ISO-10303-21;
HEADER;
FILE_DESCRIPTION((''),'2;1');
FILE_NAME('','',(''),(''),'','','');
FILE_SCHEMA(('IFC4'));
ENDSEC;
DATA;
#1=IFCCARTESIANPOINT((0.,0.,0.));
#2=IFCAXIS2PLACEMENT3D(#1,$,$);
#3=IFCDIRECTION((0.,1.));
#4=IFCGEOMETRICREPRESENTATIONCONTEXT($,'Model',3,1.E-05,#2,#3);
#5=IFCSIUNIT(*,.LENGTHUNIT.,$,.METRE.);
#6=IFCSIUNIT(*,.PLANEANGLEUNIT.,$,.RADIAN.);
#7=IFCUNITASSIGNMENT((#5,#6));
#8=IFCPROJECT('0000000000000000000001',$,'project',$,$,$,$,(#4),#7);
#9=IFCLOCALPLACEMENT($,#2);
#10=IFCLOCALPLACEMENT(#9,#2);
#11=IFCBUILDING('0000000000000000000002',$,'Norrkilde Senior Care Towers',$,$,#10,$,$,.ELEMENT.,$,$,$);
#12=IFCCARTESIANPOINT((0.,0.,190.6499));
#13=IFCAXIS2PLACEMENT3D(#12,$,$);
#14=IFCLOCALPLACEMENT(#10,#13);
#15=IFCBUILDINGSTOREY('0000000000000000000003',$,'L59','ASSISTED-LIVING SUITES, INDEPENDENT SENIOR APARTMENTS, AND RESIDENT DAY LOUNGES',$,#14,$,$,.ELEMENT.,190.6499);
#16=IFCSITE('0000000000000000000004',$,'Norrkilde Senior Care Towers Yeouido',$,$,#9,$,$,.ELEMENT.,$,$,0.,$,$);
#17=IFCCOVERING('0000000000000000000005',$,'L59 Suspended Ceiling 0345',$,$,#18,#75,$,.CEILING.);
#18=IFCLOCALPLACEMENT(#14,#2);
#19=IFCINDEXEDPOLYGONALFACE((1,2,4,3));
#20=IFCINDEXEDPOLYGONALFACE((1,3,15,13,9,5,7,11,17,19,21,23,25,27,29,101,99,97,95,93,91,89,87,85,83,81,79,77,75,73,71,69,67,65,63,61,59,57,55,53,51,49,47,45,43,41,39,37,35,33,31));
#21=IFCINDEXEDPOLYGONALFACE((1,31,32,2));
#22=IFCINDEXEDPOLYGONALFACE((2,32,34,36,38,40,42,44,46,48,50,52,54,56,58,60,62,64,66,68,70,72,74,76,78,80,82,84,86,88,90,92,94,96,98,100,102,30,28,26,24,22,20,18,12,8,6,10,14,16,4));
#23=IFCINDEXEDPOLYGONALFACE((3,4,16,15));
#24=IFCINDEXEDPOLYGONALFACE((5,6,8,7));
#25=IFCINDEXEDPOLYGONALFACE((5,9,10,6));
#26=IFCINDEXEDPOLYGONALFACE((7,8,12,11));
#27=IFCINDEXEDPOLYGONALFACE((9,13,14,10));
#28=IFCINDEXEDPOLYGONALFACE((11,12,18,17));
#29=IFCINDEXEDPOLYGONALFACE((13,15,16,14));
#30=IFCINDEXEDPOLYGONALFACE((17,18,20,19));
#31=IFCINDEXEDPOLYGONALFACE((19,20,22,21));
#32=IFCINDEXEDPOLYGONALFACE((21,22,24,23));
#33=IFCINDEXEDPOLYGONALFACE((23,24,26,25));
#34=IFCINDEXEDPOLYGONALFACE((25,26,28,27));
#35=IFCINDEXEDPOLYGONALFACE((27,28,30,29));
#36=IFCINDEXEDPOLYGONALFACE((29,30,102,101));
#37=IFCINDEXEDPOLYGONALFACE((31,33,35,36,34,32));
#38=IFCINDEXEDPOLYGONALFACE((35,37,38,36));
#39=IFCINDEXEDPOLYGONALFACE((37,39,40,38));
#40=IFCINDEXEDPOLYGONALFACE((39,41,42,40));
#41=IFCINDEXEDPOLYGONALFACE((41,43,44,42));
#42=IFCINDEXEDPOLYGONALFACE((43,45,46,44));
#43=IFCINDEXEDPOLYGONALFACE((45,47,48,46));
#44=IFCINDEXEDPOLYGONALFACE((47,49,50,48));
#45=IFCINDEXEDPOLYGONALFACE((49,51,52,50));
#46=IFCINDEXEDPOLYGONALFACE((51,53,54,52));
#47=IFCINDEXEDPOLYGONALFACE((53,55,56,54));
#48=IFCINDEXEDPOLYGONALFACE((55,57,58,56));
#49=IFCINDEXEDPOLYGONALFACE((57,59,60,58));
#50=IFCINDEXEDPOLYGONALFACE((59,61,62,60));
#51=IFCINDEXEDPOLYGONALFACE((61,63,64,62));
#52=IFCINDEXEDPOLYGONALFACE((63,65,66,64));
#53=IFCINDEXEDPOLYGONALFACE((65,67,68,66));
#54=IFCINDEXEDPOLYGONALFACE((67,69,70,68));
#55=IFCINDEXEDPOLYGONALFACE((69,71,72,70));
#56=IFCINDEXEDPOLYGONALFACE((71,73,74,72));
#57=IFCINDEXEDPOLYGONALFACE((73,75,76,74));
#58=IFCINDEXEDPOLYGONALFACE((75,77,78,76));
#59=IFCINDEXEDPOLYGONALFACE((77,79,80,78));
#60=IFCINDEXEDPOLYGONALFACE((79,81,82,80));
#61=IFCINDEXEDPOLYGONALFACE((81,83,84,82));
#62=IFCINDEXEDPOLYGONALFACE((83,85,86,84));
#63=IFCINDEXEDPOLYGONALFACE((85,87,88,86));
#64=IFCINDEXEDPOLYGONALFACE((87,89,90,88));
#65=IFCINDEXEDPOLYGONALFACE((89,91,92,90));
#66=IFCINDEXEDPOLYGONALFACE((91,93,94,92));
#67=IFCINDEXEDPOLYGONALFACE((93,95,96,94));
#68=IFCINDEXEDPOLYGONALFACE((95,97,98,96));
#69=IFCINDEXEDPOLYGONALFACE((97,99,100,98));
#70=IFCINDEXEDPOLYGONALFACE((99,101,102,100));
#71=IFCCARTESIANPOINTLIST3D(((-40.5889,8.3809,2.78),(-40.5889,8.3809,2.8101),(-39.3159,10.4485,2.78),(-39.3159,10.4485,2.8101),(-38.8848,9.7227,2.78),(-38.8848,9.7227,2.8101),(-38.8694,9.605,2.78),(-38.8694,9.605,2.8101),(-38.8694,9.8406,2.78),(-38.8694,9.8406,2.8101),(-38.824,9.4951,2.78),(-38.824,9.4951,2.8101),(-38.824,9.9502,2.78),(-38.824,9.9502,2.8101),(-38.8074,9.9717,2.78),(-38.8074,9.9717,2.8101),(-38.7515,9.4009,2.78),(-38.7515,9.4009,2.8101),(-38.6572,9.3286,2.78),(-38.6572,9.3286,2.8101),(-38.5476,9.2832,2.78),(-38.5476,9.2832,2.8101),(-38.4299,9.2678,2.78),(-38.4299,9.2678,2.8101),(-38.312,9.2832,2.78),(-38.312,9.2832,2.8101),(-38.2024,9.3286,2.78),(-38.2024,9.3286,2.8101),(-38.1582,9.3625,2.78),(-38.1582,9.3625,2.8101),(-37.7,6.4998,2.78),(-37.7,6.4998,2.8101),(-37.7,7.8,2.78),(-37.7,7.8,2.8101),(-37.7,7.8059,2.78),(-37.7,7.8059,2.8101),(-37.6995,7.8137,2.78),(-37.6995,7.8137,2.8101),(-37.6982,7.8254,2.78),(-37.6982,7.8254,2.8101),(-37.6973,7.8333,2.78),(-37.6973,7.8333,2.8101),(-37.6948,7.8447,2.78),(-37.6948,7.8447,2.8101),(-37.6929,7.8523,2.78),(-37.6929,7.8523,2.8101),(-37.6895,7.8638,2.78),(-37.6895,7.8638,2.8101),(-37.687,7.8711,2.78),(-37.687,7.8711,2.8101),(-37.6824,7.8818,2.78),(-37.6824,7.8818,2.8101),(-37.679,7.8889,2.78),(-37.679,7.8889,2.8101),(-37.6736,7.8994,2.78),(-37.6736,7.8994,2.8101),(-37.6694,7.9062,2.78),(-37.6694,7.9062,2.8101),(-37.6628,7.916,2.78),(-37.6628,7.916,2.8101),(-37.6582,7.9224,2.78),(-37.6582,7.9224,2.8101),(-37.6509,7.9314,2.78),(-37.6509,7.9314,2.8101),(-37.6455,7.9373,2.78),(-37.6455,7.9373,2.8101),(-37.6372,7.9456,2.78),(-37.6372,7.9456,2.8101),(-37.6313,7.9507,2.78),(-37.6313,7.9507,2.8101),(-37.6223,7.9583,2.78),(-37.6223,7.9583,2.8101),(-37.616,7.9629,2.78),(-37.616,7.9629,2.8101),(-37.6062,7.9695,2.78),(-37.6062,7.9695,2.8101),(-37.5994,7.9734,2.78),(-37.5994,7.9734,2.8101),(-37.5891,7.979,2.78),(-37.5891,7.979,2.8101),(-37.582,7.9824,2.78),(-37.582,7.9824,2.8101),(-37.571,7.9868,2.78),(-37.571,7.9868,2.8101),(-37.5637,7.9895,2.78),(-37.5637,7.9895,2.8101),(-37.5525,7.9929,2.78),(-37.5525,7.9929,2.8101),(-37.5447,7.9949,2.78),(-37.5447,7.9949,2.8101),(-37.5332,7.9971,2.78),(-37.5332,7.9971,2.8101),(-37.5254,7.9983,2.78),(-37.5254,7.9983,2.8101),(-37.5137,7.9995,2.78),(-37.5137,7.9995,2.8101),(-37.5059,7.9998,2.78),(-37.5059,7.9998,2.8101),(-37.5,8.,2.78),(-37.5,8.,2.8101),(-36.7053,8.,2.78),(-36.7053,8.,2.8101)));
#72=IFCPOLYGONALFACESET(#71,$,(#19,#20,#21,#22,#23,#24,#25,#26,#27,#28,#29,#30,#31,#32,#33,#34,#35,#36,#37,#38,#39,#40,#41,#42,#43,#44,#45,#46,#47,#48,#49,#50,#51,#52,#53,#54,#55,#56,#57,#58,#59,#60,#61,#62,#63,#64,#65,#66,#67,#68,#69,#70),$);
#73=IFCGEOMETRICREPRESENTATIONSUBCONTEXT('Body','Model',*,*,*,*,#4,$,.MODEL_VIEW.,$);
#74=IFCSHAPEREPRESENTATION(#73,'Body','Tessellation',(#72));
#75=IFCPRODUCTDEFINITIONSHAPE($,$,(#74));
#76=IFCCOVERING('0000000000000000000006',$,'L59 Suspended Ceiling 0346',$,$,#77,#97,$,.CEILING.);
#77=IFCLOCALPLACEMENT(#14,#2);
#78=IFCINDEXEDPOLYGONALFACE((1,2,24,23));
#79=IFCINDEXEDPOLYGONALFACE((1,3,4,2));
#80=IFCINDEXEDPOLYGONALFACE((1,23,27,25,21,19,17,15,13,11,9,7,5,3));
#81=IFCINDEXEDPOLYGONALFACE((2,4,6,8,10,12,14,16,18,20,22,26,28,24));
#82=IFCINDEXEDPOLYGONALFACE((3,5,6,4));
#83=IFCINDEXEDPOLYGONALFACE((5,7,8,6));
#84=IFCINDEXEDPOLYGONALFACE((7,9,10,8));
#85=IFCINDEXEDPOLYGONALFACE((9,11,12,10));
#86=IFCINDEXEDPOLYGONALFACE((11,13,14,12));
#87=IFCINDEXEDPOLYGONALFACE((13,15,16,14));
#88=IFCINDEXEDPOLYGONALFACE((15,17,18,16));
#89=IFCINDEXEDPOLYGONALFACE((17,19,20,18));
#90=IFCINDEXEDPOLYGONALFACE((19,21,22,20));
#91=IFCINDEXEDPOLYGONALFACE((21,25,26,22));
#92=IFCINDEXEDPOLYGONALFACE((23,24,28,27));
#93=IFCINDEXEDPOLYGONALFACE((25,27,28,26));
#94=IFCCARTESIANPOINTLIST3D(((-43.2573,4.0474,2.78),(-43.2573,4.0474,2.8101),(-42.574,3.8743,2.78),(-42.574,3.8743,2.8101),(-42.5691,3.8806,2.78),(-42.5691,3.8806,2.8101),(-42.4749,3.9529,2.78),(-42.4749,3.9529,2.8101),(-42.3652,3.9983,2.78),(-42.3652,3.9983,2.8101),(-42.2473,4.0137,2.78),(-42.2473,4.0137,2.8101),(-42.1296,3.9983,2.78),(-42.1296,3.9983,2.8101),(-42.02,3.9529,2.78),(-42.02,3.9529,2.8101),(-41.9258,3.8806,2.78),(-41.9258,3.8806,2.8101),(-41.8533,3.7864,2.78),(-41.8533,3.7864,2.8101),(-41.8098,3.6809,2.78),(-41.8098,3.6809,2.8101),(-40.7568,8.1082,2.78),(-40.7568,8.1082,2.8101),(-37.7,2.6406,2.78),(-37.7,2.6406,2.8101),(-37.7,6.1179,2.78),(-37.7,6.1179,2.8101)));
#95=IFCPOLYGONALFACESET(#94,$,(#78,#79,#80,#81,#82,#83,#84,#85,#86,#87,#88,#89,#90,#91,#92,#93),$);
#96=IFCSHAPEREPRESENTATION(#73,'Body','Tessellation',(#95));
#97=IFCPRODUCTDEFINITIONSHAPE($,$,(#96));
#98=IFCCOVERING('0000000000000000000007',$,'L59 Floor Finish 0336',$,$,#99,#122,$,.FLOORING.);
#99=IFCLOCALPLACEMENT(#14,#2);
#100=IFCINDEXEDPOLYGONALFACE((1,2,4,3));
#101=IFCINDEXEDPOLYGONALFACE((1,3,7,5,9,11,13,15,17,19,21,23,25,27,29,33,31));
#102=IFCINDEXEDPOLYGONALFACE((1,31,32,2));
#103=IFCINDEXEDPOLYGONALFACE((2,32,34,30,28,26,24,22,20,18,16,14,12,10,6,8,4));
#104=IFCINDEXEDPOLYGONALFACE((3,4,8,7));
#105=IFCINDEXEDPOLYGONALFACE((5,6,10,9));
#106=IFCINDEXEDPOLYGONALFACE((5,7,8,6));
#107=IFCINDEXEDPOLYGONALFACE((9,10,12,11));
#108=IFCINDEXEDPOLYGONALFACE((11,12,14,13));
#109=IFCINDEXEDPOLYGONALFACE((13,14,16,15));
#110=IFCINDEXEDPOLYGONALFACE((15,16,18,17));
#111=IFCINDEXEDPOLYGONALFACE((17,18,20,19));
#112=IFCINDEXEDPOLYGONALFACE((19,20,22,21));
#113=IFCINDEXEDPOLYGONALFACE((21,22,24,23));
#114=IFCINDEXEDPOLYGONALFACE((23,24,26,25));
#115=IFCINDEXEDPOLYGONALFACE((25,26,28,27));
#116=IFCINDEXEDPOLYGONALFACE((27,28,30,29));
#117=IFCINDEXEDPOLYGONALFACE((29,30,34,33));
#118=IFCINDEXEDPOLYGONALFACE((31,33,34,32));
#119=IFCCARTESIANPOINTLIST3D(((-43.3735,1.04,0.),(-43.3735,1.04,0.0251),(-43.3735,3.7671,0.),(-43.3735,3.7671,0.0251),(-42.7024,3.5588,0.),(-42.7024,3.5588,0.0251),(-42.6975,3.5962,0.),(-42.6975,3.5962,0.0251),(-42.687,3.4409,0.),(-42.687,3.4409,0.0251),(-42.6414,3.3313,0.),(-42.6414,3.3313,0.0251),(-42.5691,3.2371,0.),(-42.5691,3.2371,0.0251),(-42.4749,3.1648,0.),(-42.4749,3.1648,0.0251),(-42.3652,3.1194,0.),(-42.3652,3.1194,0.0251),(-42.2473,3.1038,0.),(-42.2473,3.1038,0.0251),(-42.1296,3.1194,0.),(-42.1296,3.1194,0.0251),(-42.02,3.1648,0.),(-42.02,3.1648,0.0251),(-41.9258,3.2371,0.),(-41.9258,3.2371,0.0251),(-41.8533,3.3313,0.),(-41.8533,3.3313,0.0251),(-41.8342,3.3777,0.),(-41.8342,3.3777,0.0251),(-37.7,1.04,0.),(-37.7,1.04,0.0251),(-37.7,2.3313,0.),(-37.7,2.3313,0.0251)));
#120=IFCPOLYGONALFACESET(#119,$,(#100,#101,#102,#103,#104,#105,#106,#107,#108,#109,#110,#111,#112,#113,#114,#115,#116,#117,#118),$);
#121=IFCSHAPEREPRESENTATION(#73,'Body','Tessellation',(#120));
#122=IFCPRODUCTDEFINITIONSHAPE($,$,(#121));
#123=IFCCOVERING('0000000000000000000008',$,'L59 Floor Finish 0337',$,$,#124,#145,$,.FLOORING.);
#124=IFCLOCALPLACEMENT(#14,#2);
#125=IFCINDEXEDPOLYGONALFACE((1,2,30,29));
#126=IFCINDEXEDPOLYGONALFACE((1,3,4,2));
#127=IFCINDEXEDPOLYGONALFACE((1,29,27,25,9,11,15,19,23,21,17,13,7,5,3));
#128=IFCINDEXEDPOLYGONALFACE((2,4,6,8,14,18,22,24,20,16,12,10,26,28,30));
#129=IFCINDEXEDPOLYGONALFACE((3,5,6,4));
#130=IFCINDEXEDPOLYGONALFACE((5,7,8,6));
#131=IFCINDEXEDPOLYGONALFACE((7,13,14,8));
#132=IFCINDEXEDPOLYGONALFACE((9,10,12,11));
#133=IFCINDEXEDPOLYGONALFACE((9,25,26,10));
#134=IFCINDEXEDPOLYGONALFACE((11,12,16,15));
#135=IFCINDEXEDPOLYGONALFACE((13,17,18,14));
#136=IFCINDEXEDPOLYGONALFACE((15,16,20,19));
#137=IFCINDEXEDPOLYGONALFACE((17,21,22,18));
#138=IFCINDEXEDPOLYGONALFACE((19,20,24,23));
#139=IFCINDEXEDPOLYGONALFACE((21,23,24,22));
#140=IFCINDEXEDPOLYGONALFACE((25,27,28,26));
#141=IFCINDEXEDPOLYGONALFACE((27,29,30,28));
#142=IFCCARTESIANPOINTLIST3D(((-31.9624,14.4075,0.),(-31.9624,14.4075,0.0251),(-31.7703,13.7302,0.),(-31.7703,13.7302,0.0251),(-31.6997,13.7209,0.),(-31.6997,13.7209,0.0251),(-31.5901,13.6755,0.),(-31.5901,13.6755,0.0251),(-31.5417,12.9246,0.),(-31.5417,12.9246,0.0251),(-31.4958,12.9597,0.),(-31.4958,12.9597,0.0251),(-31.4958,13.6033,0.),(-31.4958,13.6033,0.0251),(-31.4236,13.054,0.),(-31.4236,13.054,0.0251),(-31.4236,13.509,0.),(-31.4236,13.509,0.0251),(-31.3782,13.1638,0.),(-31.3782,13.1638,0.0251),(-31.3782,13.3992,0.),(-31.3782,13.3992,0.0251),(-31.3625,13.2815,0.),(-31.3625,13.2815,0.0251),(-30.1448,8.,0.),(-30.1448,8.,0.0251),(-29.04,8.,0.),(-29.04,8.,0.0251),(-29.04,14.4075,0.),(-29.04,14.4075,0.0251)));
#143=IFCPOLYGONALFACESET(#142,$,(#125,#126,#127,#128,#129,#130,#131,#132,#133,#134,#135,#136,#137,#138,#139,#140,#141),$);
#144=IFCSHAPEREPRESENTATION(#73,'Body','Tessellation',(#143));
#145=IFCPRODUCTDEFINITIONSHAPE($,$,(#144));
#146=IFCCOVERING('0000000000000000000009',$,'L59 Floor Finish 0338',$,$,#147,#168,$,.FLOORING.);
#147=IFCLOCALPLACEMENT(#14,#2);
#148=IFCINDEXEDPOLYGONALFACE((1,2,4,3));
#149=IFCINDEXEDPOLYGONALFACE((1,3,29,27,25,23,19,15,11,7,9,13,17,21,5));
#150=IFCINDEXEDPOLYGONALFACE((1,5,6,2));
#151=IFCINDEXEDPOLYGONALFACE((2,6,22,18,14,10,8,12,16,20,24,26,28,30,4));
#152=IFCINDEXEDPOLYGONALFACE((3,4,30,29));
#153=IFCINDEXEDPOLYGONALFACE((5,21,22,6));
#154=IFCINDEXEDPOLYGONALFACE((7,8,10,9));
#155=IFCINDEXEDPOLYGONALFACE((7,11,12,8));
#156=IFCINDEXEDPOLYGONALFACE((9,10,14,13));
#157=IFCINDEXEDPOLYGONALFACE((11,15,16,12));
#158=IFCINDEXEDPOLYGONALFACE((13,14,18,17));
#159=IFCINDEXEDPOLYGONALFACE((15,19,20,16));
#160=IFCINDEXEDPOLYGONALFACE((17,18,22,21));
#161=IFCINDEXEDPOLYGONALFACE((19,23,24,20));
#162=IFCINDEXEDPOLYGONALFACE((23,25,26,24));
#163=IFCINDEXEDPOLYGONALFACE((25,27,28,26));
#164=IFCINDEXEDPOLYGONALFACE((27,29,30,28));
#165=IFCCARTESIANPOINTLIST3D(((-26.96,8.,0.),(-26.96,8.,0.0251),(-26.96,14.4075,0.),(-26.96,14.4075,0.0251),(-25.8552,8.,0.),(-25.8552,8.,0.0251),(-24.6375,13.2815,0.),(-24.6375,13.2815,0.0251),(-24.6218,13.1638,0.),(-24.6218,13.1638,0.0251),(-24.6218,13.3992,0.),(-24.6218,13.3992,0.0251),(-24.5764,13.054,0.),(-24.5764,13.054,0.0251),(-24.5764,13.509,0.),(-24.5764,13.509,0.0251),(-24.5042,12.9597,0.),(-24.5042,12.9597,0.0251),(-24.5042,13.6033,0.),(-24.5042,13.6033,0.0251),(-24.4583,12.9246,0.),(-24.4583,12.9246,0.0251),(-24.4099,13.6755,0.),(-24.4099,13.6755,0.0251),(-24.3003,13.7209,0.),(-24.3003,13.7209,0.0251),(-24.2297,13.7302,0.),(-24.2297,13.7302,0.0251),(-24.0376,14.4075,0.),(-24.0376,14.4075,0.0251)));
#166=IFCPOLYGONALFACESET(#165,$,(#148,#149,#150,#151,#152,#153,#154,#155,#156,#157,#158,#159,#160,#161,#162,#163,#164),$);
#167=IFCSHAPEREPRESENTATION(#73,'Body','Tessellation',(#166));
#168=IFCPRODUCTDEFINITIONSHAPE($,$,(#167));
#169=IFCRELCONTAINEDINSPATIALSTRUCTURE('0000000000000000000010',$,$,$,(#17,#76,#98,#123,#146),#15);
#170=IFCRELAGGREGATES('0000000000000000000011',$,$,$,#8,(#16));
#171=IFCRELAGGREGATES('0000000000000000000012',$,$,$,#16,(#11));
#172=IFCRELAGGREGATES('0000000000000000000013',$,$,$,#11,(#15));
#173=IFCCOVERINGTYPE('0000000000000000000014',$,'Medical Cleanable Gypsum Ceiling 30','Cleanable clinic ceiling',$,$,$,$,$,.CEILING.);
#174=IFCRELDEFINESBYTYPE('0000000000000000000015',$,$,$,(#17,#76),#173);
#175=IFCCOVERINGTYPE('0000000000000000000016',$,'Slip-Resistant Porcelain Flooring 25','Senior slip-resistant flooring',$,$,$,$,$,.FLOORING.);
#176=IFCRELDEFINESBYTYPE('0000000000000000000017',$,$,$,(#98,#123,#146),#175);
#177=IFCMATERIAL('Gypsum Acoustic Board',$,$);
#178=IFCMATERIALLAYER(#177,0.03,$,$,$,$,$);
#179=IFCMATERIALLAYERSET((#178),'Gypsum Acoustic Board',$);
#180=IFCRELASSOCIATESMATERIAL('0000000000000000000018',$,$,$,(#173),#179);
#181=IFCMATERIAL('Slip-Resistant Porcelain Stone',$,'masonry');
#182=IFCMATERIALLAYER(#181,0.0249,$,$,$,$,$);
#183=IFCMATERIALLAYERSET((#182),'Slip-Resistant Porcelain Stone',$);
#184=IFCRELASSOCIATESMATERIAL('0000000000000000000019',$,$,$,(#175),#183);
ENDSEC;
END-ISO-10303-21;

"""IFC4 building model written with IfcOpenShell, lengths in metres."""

from ifc_helpers import new_model, si_unit, direction, frame, origin, place, context, subcontext, project, spatial, polyline, outline, extrude, material, layer, layer_set, type_object, element, save


model = new_model("IFC4")

# Units and contexts
model_context = context("Model", 3, precision=1e-05, world=origin(), true_north=direction((0.0, 1.0)))
body_context = subcontext(model_context, "Body", "Model", "MODEL_VIEW")
ifc_project = project(units=[si_unit("LENGTHUNIT", "METRE"), si_unit("PLANEANGLEUNIT", "RADIAN")], contexts=[model_context])

# Site, building, storey
site_placement = place(None, origin())
site = spatial("IfcSite", under=ifc_project, at=site_placement, Name="Norrkilde Senior Care Towers Yeouido", CompositionType="ELEMENT", RefElevation=0.0)
building_placement = place(site_placement, origin())
building = spatial("IfcBuilding", under=site, at=building_placement, Name="Norrkilde Senior Care Towers", CompositionType="ELEMENT")
storey_placement = place(building_placement, frame((0.0, 0.0, 190.6499)))
storey = spatial("IfcBuildingStorey", under=building, at=storey_placement, Name="L59", Description="ASSISTED-LIVING SUITES, INDEPENDENT SENIOR APARTMENTS, AND RESIDENT DAY LOUNGES", CompositionType="ELEMENT", Elevation=190.6499)

# Coverings
ifc_material_1 = material(Name="Gypsum Acoustic Board")
ifc_layer_1 = layer(ifc_material_1, 0.03)
ifc_layer_set_1 = layer_set([ifc_layer_1], Name="Gypsum Acoustic Board")
covering_type_1 = type_object("IfcCoveringType", Name="Medical Cleanable Gypsum Ceiling 30", Description="Cleanable clinic ceiling", PredefinedType="CEILING", material=ifc_layer_set_1)
covering_1_placement = place(storey_placement, frame((0.0, 0.0, 2.78)))
element("IfcCovering", 1, at=covering_1_placement, inside=storey, type_object=covering_type_1, Name="L59 Suspended Ceiling 0345", PredefinedType="CEILING", context=body_context, shape_type="SweptSolid", body=[
    extrude(outline(polyline([(-37.5254, 7.9983), (-37.5332, 7.9971), (-37.5447, 7.9949), (-37.5525, 7.9929), (-37.5637, 7.9895), (-37.571, 7.9868), (-37.582, 7.9824), (-37.5891, 7.979), (-37.5994, 7.9734), (-37.6062, 7.9695), (-37.616, 7.9629), (-37.6223, 7.9583), (-37.6313, 7.9507), (-37.6372, 7.9456), (-37.6455, 7.9373), (-37.6509, 7.9314), (-37.6582, 7.9224), (-37.6628, 7.916), (-37.6694, 7.9062), (-37.6736, 7.8994), (-37.679, 7.8889), (-37.6824, 7.8818), (-37.687, 7.8711), (-37.6895, 7.8638), (-37.6929, 7.8523), (-37.6948, 7.8447), (-37.6973, 7.8333), (-37.6982, 7.8254), (-37.6995, 7.8137), (-37.7, 7.8059), (-37.7, 7.8), (-37.7, 6.4998), (-40.5889, 8.3809), (-39.3159, 10.4485), (-38.8074, 9.9717), (-38.824, 9.9502), (-38.8694, 9.8406), (-38.8848, 9.7227), (-38.8694, 9.605), (-38.824, 9.4951), (-38.7515, 9.4009), (-38.6572, 9.3286), (-38.5476, 9.2832), (-38.4299, 9.2678), (-38.312, 9.2832), (-38.2024, 9.3286), (-38.1582, 9.3625), (-36.7053, 8.0), (-37.5, 8.0), (-37.5059, 7.9998), (-37.5137, 7.9995), (-37.5254, 7.9983)])), origin(), (0.0, 0.0, 1.0), 0.03),
])
covering_2_placement = place(storey_placement, frame((0.0, 0.0, 2.78)))
element("IfcCovering", 2, at=covering_2_placement, inside=storey, type_object=covering_type_1, Name="L59 Suspended Ceiling 0346", PredefinedType="CEILING", context=body_context, shape_type="SweptSolid", body=[
    extrude(outline(polyline([(-40.7568, 8.1082), (-37.7, 6.1179), (-37.7, 2.6406), (-41.8098, 3.6809), (-41.8533, 3.7864), (-41.9258, 3.8806), (-42.02, 3.9529), (-42.1296, 3.9983), (-42.2473, 4.0137), (-42.3652, 3.9983), (-42.4749, 3.9529), (-42.5691, 3.8806), (-42.574, 3.8743), (-43.2573, 4.0474), (-40.7568, 8.1082)])), origin(), (0.0, 0.0, 1.0), 0.03),
])
ifc_material_2 = material(Name="Slip-Resistant Porcelain Stone", Category="masonry")
ifc_layer_2 = layer(ifc_material_2, 0.0249)
ifc_layer_set_2 = layer_set([ifc_layer_2], Name="Slip-Resistant Porcelain Stone")
covering_type_2 = type_object("IfcCoveringType", Name="Slip-Resistant Porcelain Flooring 25", Description="Senior slip-resistant flooring", PredefinedType="FLOORING", material=ifc_layer_set_2)
covering_3_placement = place(storey_placement, origin())
element("IfcCovering", 3, at=covering_3_placement, inside=storey, type_object=covering_type_2, Name="L59 Floor Finish 0336", PredefinedType="FLOORING", context=body_context, shape_type="SweptSolid", body=[
    extrude(outline(polyline([(-37.7, 1.04), (-43.3735, 1.04), (-43.3735, 3.7671), (-42.6975, 3.5962), (-42.7024, 3.5588), (-42.687, 3.4409), (-42.6414, 3.3313), (-42.5691, 3.2371), (-42.4749, 3.1648), (-42.3652, 3.1194), (-42.2473, 3.1038), (-42.1296, 3.1194), (-42.02, 3.1648), (-41.9258, 3.2371), (-41.8533, 3.3313), (-41.8342, 3.3777), (-37.7, 2.3313), (-37.7, 1.04)])), origin(), (0.0, 0.0, 1.0), 0.0251),
])
covering_4_placement = place(storey_placement, origin())
element("IfcCovering", 4, at=covering_4_placement, inside=storey, type_object=covering_type_2, Name="L59 Floor Finish 0337", PredefinedType="FLOORING", context=body_context, shape_type="SweptSolid", body=[
    extrude(outline(polyline([(-29.04, 14.4075), (-29.04, 8.0), (-30.1448, 8.0), (-31.5417, 12.9246), (-31.4958, 12.9597), (-31.4236, 13.054), (-31.3782, 13.1638), (-31.3625, 13.2815), (-31.3782, 13.3992), (-31.4236, 13.509), (-31.4958, 13.6033), (-31.5901, 13.6755), (-31.6997, 13.7209), (-31.7703, 13.7302), (-31.9624, 14.4075), (-29.04, 14.4075)])), origin(), (0.0, 0.0, 1.0), 0.0251),
])
covering_5_placement = place(storey_placement, origin())
element("IfcCovering", 5, at=covering_5_placement, inside=storey, type_object=covering_type_2, Name="L59 Floor Finish 0338", PredefinedType="FLOORING", context=body_context, shape_type="SweptSolid", body=[
    extrude(outline(polyline([(-24.0376, 14.4075), (-24.2297, 13.7302), (-24.3003, 13.7209), (-24.4099, 13.6755), (-24.5042, 13.6033), (-24.5764, 13.509), (-24.6218, 13.3992), (-24.6375, 13.2815), (-24.6218, 13.1638), (-24.5764, 13.054), (-24.5042, 12.9597), (-24.4583, 12.9246), (-25.8552, 8.0), (-26.96, 8.0), (-26.96, 14.4075), (-24.0376, 14.4075)])), origin(), (0.0, 0.0, 1.0), 0.0251),
])

save(model, "model.ifc")
